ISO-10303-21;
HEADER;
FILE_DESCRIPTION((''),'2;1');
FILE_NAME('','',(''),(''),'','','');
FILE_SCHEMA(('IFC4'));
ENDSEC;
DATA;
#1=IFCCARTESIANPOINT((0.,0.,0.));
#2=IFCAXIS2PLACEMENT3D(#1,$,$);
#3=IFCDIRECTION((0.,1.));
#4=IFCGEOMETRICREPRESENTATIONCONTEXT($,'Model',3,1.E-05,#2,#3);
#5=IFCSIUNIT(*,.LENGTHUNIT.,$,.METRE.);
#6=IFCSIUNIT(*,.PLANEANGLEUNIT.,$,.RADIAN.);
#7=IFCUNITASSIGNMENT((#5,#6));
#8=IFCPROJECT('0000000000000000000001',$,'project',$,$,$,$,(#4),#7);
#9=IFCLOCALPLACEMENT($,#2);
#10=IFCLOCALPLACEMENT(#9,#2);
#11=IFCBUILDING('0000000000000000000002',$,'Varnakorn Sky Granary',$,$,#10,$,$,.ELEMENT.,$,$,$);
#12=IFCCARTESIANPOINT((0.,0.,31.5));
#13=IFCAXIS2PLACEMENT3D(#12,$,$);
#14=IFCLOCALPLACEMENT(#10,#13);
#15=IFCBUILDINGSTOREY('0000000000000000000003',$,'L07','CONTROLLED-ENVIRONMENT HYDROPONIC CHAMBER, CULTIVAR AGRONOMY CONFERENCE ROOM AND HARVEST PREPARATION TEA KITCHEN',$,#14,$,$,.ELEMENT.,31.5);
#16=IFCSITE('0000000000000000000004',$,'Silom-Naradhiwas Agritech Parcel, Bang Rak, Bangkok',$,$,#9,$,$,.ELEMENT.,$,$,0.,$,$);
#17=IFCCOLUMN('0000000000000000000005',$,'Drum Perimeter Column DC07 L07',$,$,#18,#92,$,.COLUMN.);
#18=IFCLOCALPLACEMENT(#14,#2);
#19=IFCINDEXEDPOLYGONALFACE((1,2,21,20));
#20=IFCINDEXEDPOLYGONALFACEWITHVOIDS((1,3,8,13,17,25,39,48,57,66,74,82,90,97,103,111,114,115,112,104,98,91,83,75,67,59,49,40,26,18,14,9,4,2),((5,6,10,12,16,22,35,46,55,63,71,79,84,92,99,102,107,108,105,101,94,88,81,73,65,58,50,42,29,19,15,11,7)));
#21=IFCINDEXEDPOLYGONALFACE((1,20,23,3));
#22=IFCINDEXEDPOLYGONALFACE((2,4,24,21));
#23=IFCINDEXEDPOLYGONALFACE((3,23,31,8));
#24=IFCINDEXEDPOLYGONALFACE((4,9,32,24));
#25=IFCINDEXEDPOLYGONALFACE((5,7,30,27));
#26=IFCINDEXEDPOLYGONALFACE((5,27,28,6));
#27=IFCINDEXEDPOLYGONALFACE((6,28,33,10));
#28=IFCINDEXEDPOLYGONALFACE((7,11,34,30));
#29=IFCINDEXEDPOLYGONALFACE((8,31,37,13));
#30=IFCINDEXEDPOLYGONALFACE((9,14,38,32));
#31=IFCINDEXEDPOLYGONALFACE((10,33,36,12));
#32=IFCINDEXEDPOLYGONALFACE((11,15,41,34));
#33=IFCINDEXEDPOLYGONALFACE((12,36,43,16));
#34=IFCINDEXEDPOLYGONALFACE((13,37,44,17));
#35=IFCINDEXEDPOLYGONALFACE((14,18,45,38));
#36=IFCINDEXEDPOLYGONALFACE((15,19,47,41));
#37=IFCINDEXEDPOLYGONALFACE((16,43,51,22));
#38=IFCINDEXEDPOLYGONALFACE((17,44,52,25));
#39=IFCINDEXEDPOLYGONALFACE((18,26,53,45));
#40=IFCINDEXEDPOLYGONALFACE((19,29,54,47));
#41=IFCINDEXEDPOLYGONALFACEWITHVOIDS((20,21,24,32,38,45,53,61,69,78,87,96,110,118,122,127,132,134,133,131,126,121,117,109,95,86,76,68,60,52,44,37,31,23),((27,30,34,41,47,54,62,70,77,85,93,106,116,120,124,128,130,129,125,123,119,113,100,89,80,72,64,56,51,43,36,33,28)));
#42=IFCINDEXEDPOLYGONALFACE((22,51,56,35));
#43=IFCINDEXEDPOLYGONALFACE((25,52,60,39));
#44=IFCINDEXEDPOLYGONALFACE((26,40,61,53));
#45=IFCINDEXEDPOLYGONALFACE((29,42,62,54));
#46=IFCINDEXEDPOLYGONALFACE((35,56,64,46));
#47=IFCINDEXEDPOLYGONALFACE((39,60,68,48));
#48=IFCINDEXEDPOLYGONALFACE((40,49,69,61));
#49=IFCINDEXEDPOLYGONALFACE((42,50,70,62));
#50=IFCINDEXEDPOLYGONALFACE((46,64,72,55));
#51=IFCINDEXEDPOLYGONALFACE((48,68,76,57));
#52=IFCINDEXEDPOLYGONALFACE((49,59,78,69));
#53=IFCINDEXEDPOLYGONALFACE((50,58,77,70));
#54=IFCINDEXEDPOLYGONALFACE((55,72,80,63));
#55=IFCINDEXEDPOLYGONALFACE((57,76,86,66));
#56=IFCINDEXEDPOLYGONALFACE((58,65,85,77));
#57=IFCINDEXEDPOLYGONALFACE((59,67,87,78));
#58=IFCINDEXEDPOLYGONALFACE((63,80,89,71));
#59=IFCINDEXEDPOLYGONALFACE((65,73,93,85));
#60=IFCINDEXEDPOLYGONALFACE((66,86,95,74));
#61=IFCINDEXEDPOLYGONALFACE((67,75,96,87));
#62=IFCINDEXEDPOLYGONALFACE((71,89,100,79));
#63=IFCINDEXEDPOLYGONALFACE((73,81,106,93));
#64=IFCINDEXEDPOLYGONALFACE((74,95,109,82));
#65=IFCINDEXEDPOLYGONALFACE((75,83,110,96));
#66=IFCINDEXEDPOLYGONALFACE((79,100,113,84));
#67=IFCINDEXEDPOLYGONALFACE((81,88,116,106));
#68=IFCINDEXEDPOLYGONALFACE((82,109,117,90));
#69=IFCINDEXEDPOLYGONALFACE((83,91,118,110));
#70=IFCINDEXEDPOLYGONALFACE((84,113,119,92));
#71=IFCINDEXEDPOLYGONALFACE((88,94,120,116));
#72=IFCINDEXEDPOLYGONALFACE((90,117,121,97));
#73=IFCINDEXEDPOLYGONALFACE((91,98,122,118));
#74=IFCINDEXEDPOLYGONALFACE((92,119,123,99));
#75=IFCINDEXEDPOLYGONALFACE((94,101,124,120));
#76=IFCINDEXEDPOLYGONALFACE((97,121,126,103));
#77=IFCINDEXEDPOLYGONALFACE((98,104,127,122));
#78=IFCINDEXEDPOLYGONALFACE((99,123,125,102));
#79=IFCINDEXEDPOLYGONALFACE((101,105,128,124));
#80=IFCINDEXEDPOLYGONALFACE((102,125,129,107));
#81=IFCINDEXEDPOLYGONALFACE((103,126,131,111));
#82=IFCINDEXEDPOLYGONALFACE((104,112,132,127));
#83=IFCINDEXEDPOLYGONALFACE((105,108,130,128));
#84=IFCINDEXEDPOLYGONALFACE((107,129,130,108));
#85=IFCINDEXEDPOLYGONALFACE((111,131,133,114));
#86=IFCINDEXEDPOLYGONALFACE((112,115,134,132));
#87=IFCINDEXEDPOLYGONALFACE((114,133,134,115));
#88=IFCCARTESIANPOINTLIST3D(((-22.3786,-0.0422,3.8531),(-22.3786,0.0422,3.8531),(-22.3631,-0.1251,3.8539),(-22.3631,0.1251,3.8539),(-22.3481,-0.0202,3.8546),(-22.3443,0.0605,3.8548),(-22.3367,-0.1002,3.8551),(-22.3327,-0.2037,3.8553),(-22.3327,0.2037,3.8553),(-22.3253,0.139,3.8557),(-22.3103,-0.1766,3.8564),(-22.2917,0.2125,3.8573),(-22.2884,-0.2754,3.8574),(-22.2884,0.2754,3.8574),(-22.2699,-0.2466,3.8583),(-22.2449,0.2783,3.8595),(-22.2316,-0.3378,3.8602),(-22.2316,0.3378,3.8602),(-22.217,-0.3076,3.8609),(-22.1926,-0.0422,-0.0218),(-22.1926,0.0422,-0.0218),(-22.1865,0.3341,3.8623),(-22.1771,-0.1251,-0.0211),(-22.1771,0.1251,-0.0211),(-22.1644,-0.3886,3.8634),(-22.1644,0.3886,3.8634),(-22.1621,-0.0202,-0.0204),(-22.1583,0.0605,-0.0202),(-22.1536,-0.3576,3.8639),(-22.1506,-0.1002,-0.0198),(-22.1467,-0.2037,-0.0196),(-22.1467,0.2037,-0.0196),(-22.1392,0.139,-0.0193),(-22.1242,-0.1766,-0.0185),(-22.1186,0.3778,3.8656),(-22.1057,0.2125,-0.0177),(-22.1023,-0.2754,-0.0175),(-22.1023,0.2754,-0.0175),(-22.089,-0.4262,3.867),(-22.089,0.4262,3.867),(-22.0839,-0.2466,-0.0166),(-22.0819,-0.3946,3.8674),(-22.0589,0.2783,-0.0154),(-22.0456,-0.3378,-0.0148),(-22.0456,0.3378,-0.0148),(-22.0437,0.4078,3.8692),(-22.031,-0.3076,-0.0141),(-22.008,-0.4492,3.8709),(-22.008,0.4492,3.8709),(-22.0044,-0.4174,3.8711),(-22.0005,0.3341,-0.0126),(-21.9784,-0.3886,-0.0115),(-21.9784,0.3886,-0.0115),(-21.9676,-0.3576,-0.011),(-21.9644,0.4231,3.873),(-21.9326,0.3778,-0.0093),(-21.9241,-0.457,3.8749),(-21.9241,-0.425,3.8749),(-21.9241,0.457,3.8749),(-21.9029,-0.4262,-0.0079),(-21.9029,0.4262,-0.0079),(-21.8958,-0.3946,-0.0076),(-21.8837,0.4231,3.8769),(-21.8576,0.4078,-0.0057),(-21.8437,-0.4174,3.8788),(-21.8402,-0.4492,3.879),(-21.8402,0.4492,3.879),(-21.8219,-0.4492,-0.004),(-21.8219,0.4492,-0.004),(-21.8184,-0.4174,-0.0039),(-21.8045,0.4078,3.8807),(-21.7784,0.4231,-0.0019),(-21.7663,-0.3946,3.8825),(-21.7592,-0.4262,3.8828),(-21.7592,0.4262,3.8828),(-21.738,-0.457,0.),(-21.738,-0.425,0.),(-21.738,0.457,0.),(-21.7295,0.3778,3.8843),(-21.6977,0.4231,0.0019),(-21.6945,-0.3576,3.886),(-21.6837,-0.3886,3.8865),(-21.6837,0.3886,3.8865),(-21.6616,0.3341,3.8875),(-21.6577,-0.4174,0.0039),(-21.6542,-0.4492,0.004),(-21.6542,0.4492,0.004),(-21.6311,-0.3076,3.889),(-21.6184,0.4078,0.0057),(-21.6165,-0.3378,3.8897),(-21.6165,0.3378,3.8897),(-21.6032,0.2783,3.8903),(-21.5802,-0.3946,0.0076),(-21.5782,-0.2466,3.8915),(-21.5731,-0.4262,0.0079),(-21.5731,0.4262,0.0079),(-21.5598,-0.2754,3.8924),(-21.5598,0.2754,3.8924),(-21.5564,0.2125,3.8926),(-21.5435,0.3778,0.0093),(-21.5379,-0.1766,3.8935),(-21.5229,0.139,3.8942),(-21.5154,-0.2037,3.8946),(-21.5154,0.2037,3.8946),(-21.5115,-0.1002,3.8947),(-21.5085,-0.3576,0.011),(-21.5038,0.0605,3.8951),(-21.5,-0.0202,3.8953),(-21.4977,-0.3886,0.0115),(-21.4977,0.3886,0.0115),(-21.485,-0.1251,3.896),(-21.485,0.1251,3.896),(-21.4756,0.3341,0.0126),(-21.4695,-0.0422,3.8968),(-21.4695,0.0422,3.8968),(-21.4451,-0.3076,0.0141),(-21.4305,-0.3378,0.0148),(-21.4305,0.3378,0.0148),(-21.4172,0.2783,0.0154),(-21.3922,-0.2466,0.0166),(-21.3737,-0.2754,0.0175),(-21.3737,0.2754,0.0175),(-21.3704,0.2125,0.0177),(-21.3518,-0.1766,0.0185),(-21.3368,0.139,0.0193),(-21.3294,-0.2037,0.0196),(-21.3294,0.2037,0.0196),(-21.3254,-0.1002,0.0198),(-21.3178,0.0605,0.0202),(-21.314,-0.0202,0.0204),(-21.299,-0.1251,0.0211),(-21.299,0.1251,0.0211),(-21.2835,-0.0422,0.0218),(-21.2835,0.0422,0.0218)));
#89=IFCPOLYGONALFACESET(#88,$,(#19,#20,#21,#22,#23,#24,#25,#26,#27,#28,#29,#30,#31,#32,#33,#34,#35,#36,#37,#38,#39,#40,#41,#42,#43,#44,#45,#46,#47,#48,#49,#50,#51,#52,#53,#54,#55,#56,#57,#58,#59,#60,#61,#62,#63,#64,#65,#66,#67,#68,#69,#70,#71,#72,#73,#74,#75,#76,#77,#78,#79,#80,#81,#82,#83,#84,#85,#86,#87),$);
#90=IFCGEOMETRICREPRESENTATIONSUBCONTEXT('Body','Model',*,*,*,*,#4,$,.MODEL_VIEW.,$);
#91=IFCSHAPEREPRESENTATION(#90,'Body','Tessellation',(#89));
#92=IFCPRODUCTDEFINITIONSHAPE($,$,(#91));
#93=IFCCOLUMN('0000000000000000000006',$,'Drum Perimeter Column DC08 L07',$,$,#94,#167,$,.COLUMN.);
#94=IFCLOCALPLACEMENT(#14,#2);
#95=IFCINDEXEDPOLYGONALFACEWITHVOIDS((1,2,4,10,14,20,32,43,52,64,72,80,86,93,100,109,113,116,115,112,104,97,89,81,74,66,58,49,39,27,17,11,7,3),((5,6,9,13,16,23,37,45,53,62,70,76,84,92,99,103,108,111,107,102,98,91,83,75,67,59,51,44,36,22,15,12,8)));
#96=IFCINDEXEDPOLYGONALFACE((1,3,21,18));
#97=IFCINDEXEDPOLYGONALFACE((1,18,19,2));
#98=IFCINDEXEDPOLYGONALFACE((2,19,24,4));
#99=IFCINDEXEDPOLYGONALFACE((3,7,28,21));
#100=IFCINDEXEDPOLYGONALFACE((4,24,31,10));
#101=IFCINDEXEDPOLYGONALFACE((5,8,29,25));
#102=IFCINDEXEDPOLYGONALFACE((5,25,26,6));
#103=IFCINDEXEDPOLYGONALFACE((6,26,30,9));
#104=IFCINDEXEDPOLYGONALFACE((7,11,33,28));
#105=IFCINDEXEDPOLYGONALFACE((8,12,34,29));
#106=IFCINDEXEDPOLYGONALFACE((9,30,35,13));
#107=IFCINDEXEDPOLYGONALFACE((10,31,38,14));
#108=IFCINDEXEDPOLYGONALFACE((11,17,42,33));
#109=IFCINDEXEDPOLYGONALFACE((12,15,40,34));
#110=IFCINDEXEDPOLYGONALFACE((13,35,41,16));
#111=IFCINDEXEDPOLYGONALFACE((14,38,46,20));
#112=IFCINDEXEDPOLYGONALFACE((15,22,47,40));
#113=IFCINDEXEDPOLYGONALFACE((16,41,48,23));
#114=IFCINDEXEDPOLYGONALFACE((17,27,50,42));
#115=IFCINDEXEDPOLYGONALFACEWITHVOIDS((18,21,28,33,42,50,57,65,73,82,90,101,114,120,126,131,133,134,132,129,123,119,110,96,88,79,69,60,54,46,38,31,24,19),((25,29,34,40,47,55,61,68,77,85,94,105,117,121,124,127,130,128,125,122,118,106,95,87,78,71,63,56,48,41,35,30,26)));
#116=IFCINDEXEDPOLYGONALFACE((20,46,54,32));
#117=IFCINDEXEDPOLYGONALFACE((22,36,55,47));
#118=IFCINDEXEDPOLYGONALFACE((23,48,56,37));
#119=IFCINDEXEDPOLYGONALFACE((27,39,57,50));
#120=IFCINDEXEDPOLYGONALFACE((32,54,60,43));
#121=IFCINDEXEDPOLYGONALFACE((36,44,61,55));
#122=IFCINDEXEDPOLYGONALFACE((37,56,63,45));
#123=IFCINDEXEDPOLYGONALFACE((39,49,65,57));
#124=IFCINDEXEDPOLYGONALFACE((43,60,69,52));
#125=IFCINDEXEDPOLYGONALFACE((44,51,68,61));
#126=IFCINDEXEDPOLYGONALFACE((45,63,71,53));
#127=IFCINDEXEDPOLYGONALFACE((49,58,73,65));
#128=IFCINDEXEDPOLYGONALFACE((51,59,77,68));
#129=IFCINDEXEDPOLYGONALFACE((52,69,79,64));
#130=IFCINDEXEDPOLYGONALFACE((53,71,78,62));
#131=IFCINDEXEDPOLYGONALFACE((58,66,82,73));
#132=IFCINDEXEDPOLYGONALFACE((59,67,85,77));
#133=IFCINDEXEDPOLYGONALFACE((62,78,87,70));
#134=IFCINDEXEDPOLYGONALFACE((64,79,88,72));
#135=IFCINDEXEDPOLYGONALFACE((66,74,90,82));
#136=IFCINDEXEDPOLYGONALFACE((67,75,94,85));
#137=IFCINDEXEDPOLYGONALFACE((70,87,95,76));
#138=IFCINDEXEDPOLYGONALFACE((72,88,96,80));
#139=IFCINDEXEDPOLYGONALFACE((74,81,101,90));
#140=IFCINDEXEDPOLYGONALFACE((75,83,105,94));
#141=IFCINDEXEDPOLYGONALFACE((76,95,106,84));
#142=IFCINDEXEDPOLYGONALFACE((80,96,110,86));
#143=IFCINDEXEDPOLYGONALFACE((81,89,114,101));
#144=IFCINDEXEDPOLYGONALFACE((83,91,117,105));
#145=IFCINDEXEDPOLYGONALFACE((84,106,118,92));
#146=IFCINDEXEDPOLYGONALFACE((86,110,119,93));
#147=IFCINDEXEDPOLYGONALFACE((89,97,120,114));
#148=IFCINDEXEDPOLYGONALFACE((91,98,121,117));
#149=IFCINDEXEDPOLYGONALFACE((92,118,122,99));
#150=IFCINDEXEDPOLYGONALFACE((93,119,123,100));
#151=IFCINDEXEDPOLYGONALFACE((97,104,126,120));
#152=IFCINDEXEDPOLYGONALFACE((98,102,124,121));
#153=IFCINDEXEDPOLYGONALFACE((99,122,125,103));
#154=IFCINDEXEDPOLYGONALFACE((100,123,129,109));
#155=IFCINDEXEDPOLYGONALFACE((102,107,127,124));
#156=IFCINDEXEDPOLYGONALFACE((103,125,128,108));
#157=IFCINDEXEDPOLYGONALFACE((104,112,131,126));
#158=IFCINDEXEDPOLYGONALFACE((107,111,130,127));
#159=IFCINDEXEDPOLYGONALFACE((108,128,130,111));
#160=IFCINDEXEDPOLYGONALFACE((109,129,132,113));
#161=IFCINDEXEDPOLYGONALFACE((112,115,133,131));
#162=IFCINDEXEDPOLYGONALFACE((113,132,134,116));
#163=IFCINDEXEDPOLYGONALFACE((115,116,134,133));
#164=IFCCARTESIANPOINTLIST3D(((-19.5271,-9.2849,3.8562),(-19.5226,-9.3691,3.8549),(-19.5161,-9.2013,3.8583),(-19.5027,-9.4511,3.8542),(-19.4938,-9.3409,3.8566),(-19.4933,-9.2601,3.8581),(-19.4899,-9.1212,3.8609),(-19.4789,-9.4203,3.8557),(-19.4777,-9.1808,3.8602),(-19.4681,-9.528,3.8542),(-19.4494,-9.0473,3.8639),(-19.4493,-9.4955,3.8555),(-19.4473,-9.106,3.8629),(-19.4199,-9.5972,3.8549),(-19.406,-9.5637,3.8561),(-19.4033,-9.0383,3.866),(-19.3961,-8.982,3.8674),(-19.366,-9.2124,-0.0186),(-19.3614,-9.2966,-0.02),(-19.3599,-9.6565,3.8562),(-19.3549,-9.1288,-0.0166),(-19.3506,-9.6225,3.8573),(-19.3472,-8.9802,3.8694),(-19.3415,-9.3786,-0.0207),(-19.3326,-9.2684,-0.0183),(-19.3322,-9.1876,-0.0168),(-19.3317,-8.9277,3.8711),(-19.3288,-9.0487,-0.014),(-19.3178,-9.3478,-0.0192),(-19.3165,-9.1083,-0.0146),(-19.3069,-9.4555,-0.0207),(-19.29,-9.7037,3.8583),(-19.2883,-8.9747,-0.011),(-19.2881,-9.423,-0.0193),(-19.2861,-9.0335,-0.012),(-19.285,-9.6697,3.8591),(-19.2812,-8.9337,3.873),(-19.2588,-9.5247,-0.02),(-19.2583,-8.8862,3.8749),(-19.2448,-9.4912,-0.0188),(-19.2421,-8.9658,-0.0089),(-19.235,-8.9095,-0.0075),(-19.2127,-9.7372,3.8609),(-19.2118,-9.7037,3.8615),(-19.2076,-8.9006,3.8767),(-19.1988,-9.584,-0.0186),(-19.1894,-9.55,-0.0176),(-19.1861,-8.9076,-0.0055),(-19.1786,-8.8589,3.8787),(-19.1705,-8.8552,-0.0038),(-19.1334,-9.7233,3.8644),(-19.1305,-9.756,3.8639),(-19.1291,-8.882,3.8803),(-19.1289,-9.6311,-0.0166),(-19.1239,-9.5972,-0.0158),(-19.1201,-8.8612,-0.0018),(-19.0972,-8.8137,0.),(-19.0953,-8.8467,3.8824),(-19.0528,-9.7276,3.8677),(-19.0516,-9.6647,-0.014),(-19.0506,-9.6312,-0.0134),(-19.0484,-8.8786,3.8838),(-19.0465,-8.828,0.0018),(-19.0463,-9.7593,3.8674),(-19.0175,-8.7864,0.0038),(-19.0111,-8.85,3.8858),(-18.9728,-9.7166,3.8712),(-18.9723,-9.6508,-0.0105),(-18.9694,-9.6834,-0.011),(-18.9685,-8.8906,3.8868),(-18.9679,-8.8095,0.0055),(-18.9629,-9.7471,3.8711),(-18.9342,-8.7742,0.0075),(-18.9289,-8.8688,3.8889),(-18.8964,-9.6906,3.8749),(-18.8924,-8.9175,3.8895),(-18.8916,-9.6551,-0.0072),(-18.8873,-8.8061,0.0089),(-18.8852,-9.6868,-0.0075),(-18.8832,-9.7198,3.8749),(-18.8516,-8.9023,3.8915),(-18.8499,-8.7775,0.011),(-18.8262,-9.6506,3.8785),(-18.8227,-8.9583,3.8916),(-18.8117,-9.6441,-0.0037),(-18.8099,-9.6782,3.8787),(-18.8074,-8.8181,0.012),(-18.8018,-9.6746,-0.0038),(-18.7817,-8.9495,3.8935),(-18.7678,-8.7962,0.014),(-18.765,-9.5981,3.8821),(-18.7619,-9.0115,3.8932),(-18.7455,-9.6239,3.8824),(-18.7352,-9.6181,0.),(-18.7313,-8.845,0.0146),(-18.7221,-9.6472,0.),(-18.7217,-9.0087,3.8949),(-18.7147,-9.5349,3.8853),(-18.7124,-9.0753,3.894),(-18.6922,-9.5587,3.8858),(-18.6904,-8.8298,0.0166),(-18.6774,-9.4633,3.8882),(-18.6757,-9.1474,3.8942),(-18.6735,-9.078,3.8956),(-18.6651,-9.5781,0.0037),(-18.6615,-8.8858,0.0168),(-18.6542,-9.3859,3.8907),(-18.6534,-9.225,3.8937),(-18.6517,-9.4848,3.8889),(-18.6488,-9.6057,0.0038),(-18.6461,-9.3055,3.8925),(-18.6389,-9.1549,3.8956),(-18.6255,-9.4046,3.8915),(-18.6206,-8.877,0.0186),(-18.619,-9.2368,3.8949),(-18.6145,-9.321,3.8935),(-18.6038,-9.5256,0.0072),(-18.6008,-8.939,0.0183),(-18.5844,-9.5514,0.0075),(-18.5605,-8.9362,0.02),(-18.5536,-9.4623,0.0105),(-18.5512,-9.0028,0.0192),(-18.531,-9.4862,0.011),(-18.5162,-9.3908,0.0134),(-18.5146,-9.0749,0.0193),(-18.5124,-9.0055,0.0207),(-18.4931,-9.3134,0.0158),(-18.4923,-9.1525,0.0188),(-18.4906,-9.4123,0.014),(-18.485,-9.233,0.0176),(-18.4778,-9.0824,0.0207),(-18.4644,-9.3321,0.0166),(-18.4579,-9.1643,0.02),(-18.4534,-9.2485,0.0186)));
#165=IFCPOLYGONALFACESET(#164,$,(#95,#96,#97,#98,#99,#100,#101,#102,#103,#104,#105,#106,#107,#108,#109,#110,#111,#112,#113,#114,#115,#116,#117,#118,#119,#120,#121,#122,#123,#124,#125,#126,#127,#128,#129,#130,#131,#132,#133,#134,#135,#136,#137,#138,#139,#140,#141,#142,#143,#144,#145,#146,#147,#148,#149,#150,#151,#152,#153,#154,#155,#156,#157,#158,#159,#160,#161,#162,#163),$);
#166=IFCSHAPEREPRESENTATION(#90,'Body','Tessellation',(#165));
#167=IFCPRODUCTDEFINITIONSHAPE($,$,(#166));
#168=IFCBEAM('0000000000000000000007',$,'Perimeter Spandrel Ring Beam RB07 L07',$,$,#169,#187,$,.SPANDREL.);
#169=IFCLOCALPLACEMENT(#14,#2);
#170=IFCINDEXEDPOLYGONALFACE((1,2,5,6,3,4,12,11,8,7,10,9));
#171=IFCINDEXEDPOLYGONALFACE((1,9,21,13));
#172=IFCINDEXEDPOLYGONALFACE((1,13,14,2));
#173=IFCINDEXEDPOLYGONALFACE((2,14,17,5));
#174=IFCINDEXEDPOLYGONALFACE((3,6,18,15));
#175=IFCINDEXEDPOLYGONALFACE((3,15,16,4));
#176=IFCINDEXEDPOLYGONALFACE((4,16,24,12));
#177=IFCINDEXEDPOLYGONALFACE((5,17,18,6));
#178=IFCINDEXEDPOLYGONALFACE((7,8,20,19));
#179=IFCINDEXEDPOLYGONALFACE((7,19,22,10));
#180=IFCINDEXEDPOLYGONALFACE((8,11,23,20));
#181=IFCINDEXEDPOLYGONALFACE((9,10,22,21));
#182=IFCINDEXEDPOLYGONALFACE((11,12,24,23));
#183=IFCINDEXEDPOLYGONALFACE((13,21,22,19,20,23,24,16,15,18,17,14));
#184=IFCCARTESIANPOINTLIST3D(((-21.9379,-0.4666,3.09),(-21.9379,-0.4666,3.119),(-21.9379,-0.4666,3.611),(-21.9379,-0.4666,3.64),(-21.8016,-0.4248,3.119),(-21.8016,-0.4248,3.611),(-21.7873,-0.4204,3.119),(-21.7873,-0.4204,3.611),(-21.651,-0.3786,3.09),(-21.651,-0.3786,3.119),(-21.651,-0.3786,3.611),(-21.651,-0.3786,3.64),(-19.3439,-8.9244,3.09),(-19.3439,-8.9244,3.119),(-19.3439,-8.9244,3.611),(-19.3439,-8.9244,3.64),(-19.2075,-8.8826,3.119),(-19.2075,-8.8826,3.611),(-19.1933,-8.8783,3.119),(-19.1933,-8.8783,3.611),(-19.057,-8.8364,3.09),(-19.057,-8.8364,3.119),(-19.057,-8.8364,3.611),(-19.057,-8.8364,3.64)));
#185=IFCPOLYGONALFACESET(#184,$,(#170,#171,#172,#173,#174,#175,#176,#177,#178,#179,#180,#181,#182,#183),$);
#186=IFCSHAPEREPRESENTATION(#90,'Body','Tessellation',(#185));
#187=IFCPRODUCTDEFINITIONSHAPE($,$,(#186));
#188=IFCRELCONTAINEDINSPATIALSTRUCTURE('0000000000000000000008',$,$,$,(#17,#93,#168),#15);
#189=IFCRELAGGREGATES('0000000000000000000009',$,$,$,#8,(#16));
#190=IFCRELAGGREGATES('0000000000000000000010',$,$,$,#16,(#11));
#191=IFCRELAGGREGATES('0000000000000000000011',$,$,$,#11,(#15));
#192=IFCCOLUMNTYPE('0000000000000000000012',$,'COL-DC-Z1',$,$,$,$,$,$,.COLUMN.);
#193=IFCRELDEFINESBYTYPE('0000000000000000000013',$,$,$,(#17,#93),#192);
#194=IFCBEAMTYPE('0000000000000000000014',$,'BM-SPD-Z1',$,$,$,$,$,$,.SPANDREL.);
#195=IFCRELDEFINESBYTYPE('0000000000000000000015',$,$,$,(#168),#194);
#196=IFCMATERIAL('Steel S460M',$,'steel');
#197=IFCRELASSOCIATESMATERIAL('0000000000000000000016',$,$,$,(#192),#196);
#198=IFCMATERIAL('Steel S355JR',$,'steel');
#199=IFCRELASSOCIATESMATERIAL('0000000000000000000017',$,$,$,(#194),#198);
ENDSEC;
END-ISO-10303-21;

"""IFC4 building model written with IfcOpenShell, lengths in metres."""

from ifc_helpers import new_model, si_unit, direction, frame, origin, origin_2d, place, context, subcontext, project, spatial, hollow_circle, i_section, extrude, material, material_profile, profile_set, type_object, element, save


model = new_model("IFC4")

# Units and contexts
model_context = context("Model", 3, precision=1e-05, world=origin(), true_north=direction((0.0, 1.0)))
body_context = subcontext(model_context, "Body", "Model", "MODEL_VIEW")
ifc_project = project(units=[si_unit("LENGTHUNIT", "METRE"), si_unit("PLANEANGLEUNIT", "RADIAN")], contexts=[model_context])

# Site, building, storey
site_placement = place(None, origin())
site = spatial("IfcSite", under=ifc_project, at=site_placement, Name="Silom-Naradhiwas Agritech Parcel, Bang Rak, Bangkok", CompositionType="ELEMENT", RefElevation=0.0)
building_placement = place(site_placement, origin())
building = spatial("IfcBuilding", under=site, at=building_placement, Name="Varnakorn Sky Granary", CompositionType="ELEMENT")
storey_placement = place(building_placement, frame((0.0, 0.0, 31.5)))
storey = spatial("IfcBuildingStorey", under=building, at=storey_placement, Name="L07", Description="CONTROLLED-ENVIRONMENT HYDROPONIC CHAMBER, CULTIVAR AGRONOMY CONFERENCE ROOM AND HARVEST PREPARATION TEA KITCHEN", CompositionType="ELEMENT", Elevation=31.5)

# Columns
ifc_material_1 = material(Name="Steel S460M", Category="steel")
ifc_material_profile_1 = material_profile(ifc_material_1, hollow_circle(Radius=0.457, WallThickness=0.032, at=origin_2d()), Name="CHS 914x32")
ifc_profile_set_1 = profile_set([ifc_material_profile_1], Name="Steel S460M")
column_type = type_object("IfcColumnType", Name="COL-DC-Z1", PredefinedType="COLUMN", material=ifc_profile_set_1)
column_1_placement = place(storey_placement, frame((-21.738, 0.0, 0.0), z_axis=(-0.047954, 0.0, 0.99885), x_axis=(0.0, -1.0, 0.0)))
element("IfcColumn", 1, at=column_1_placement, inside=storey, type_object=column_type, Name="Drum Perimeter Column DC07 L07", PredefinedType="COLUMN", context=body_context, shape_type="SweptSolid", body=[
    extrude(hollow_circle(Radius=0.457, WallThickness=0.032, at=origin_2d()), origin(), (0.0, 0.0, 1.0), 3.8794),
])
column_2_placement = place(storey_placement, frame((-18.9097, -9.2305, 0.0), z_axis=(-0.041539, -0.018693, 0.998962), x_axis=(0.410365, -0.911922, 0.0)))
element("IfcColumn", 2, at=column_2_placement, inside=storey, type_object=column_type, Name="Drum Perimeter Column DC08 L07", PredefinedType="COLUMN", context=body_context, shape_type="SweptSolid", body=[
    extrude(hollow_circle(Radius=0.457, WallThickness=0.032, at=origin_2d()), origin(), (0.0, 0.0, 1.0), 3.8789),
])

# Beam
ifc_material_2 = material(Name="Steel S355JR", Category="steel")
ifc_material_profile_2 = material_profile(ifc_material_2, i_section(OverallWidth=0.3, OverallDepth=0.55, WebThickness=0.0149, FlangeThickness=0.0291, at=origin_2d()), Name="HE 550 B")
ifc_profile_set_2 = profile_set([ifc_material_profile_2], Name="Steel S355JR")
beam_type = type_object("IfcBeamType", Name="BM-SPD-Z1", PredefinedType="SPANDREL", material=ifc_profile_set_2)
beam_1_placement = place(storey_placement, frame((-21.7944, -0.4226, 3.365), z_axis=(0.293219, -0.956045, 0.0), x_axis=(0.956045, 0.293219, 0.0)))
element("IfcBeam", 3, at=beam_1_placement, inside=storey, type_object=beam_type, Name="Perimeter Spandrel Ring Beam RB07 L07", PredefinedType="SPANDREL", context=body_context, shape_type="SweptSolid", body=[
    extrude(i_section(OverallWidth=0.3, OverallDepth=0.55, WebThickness=0.0149, FlangeThickness=0.0291, at=origin_2d()), origin(), (0.0, 0.0, 1.0), 8.8467),
])

save(model, "model.ifc")
